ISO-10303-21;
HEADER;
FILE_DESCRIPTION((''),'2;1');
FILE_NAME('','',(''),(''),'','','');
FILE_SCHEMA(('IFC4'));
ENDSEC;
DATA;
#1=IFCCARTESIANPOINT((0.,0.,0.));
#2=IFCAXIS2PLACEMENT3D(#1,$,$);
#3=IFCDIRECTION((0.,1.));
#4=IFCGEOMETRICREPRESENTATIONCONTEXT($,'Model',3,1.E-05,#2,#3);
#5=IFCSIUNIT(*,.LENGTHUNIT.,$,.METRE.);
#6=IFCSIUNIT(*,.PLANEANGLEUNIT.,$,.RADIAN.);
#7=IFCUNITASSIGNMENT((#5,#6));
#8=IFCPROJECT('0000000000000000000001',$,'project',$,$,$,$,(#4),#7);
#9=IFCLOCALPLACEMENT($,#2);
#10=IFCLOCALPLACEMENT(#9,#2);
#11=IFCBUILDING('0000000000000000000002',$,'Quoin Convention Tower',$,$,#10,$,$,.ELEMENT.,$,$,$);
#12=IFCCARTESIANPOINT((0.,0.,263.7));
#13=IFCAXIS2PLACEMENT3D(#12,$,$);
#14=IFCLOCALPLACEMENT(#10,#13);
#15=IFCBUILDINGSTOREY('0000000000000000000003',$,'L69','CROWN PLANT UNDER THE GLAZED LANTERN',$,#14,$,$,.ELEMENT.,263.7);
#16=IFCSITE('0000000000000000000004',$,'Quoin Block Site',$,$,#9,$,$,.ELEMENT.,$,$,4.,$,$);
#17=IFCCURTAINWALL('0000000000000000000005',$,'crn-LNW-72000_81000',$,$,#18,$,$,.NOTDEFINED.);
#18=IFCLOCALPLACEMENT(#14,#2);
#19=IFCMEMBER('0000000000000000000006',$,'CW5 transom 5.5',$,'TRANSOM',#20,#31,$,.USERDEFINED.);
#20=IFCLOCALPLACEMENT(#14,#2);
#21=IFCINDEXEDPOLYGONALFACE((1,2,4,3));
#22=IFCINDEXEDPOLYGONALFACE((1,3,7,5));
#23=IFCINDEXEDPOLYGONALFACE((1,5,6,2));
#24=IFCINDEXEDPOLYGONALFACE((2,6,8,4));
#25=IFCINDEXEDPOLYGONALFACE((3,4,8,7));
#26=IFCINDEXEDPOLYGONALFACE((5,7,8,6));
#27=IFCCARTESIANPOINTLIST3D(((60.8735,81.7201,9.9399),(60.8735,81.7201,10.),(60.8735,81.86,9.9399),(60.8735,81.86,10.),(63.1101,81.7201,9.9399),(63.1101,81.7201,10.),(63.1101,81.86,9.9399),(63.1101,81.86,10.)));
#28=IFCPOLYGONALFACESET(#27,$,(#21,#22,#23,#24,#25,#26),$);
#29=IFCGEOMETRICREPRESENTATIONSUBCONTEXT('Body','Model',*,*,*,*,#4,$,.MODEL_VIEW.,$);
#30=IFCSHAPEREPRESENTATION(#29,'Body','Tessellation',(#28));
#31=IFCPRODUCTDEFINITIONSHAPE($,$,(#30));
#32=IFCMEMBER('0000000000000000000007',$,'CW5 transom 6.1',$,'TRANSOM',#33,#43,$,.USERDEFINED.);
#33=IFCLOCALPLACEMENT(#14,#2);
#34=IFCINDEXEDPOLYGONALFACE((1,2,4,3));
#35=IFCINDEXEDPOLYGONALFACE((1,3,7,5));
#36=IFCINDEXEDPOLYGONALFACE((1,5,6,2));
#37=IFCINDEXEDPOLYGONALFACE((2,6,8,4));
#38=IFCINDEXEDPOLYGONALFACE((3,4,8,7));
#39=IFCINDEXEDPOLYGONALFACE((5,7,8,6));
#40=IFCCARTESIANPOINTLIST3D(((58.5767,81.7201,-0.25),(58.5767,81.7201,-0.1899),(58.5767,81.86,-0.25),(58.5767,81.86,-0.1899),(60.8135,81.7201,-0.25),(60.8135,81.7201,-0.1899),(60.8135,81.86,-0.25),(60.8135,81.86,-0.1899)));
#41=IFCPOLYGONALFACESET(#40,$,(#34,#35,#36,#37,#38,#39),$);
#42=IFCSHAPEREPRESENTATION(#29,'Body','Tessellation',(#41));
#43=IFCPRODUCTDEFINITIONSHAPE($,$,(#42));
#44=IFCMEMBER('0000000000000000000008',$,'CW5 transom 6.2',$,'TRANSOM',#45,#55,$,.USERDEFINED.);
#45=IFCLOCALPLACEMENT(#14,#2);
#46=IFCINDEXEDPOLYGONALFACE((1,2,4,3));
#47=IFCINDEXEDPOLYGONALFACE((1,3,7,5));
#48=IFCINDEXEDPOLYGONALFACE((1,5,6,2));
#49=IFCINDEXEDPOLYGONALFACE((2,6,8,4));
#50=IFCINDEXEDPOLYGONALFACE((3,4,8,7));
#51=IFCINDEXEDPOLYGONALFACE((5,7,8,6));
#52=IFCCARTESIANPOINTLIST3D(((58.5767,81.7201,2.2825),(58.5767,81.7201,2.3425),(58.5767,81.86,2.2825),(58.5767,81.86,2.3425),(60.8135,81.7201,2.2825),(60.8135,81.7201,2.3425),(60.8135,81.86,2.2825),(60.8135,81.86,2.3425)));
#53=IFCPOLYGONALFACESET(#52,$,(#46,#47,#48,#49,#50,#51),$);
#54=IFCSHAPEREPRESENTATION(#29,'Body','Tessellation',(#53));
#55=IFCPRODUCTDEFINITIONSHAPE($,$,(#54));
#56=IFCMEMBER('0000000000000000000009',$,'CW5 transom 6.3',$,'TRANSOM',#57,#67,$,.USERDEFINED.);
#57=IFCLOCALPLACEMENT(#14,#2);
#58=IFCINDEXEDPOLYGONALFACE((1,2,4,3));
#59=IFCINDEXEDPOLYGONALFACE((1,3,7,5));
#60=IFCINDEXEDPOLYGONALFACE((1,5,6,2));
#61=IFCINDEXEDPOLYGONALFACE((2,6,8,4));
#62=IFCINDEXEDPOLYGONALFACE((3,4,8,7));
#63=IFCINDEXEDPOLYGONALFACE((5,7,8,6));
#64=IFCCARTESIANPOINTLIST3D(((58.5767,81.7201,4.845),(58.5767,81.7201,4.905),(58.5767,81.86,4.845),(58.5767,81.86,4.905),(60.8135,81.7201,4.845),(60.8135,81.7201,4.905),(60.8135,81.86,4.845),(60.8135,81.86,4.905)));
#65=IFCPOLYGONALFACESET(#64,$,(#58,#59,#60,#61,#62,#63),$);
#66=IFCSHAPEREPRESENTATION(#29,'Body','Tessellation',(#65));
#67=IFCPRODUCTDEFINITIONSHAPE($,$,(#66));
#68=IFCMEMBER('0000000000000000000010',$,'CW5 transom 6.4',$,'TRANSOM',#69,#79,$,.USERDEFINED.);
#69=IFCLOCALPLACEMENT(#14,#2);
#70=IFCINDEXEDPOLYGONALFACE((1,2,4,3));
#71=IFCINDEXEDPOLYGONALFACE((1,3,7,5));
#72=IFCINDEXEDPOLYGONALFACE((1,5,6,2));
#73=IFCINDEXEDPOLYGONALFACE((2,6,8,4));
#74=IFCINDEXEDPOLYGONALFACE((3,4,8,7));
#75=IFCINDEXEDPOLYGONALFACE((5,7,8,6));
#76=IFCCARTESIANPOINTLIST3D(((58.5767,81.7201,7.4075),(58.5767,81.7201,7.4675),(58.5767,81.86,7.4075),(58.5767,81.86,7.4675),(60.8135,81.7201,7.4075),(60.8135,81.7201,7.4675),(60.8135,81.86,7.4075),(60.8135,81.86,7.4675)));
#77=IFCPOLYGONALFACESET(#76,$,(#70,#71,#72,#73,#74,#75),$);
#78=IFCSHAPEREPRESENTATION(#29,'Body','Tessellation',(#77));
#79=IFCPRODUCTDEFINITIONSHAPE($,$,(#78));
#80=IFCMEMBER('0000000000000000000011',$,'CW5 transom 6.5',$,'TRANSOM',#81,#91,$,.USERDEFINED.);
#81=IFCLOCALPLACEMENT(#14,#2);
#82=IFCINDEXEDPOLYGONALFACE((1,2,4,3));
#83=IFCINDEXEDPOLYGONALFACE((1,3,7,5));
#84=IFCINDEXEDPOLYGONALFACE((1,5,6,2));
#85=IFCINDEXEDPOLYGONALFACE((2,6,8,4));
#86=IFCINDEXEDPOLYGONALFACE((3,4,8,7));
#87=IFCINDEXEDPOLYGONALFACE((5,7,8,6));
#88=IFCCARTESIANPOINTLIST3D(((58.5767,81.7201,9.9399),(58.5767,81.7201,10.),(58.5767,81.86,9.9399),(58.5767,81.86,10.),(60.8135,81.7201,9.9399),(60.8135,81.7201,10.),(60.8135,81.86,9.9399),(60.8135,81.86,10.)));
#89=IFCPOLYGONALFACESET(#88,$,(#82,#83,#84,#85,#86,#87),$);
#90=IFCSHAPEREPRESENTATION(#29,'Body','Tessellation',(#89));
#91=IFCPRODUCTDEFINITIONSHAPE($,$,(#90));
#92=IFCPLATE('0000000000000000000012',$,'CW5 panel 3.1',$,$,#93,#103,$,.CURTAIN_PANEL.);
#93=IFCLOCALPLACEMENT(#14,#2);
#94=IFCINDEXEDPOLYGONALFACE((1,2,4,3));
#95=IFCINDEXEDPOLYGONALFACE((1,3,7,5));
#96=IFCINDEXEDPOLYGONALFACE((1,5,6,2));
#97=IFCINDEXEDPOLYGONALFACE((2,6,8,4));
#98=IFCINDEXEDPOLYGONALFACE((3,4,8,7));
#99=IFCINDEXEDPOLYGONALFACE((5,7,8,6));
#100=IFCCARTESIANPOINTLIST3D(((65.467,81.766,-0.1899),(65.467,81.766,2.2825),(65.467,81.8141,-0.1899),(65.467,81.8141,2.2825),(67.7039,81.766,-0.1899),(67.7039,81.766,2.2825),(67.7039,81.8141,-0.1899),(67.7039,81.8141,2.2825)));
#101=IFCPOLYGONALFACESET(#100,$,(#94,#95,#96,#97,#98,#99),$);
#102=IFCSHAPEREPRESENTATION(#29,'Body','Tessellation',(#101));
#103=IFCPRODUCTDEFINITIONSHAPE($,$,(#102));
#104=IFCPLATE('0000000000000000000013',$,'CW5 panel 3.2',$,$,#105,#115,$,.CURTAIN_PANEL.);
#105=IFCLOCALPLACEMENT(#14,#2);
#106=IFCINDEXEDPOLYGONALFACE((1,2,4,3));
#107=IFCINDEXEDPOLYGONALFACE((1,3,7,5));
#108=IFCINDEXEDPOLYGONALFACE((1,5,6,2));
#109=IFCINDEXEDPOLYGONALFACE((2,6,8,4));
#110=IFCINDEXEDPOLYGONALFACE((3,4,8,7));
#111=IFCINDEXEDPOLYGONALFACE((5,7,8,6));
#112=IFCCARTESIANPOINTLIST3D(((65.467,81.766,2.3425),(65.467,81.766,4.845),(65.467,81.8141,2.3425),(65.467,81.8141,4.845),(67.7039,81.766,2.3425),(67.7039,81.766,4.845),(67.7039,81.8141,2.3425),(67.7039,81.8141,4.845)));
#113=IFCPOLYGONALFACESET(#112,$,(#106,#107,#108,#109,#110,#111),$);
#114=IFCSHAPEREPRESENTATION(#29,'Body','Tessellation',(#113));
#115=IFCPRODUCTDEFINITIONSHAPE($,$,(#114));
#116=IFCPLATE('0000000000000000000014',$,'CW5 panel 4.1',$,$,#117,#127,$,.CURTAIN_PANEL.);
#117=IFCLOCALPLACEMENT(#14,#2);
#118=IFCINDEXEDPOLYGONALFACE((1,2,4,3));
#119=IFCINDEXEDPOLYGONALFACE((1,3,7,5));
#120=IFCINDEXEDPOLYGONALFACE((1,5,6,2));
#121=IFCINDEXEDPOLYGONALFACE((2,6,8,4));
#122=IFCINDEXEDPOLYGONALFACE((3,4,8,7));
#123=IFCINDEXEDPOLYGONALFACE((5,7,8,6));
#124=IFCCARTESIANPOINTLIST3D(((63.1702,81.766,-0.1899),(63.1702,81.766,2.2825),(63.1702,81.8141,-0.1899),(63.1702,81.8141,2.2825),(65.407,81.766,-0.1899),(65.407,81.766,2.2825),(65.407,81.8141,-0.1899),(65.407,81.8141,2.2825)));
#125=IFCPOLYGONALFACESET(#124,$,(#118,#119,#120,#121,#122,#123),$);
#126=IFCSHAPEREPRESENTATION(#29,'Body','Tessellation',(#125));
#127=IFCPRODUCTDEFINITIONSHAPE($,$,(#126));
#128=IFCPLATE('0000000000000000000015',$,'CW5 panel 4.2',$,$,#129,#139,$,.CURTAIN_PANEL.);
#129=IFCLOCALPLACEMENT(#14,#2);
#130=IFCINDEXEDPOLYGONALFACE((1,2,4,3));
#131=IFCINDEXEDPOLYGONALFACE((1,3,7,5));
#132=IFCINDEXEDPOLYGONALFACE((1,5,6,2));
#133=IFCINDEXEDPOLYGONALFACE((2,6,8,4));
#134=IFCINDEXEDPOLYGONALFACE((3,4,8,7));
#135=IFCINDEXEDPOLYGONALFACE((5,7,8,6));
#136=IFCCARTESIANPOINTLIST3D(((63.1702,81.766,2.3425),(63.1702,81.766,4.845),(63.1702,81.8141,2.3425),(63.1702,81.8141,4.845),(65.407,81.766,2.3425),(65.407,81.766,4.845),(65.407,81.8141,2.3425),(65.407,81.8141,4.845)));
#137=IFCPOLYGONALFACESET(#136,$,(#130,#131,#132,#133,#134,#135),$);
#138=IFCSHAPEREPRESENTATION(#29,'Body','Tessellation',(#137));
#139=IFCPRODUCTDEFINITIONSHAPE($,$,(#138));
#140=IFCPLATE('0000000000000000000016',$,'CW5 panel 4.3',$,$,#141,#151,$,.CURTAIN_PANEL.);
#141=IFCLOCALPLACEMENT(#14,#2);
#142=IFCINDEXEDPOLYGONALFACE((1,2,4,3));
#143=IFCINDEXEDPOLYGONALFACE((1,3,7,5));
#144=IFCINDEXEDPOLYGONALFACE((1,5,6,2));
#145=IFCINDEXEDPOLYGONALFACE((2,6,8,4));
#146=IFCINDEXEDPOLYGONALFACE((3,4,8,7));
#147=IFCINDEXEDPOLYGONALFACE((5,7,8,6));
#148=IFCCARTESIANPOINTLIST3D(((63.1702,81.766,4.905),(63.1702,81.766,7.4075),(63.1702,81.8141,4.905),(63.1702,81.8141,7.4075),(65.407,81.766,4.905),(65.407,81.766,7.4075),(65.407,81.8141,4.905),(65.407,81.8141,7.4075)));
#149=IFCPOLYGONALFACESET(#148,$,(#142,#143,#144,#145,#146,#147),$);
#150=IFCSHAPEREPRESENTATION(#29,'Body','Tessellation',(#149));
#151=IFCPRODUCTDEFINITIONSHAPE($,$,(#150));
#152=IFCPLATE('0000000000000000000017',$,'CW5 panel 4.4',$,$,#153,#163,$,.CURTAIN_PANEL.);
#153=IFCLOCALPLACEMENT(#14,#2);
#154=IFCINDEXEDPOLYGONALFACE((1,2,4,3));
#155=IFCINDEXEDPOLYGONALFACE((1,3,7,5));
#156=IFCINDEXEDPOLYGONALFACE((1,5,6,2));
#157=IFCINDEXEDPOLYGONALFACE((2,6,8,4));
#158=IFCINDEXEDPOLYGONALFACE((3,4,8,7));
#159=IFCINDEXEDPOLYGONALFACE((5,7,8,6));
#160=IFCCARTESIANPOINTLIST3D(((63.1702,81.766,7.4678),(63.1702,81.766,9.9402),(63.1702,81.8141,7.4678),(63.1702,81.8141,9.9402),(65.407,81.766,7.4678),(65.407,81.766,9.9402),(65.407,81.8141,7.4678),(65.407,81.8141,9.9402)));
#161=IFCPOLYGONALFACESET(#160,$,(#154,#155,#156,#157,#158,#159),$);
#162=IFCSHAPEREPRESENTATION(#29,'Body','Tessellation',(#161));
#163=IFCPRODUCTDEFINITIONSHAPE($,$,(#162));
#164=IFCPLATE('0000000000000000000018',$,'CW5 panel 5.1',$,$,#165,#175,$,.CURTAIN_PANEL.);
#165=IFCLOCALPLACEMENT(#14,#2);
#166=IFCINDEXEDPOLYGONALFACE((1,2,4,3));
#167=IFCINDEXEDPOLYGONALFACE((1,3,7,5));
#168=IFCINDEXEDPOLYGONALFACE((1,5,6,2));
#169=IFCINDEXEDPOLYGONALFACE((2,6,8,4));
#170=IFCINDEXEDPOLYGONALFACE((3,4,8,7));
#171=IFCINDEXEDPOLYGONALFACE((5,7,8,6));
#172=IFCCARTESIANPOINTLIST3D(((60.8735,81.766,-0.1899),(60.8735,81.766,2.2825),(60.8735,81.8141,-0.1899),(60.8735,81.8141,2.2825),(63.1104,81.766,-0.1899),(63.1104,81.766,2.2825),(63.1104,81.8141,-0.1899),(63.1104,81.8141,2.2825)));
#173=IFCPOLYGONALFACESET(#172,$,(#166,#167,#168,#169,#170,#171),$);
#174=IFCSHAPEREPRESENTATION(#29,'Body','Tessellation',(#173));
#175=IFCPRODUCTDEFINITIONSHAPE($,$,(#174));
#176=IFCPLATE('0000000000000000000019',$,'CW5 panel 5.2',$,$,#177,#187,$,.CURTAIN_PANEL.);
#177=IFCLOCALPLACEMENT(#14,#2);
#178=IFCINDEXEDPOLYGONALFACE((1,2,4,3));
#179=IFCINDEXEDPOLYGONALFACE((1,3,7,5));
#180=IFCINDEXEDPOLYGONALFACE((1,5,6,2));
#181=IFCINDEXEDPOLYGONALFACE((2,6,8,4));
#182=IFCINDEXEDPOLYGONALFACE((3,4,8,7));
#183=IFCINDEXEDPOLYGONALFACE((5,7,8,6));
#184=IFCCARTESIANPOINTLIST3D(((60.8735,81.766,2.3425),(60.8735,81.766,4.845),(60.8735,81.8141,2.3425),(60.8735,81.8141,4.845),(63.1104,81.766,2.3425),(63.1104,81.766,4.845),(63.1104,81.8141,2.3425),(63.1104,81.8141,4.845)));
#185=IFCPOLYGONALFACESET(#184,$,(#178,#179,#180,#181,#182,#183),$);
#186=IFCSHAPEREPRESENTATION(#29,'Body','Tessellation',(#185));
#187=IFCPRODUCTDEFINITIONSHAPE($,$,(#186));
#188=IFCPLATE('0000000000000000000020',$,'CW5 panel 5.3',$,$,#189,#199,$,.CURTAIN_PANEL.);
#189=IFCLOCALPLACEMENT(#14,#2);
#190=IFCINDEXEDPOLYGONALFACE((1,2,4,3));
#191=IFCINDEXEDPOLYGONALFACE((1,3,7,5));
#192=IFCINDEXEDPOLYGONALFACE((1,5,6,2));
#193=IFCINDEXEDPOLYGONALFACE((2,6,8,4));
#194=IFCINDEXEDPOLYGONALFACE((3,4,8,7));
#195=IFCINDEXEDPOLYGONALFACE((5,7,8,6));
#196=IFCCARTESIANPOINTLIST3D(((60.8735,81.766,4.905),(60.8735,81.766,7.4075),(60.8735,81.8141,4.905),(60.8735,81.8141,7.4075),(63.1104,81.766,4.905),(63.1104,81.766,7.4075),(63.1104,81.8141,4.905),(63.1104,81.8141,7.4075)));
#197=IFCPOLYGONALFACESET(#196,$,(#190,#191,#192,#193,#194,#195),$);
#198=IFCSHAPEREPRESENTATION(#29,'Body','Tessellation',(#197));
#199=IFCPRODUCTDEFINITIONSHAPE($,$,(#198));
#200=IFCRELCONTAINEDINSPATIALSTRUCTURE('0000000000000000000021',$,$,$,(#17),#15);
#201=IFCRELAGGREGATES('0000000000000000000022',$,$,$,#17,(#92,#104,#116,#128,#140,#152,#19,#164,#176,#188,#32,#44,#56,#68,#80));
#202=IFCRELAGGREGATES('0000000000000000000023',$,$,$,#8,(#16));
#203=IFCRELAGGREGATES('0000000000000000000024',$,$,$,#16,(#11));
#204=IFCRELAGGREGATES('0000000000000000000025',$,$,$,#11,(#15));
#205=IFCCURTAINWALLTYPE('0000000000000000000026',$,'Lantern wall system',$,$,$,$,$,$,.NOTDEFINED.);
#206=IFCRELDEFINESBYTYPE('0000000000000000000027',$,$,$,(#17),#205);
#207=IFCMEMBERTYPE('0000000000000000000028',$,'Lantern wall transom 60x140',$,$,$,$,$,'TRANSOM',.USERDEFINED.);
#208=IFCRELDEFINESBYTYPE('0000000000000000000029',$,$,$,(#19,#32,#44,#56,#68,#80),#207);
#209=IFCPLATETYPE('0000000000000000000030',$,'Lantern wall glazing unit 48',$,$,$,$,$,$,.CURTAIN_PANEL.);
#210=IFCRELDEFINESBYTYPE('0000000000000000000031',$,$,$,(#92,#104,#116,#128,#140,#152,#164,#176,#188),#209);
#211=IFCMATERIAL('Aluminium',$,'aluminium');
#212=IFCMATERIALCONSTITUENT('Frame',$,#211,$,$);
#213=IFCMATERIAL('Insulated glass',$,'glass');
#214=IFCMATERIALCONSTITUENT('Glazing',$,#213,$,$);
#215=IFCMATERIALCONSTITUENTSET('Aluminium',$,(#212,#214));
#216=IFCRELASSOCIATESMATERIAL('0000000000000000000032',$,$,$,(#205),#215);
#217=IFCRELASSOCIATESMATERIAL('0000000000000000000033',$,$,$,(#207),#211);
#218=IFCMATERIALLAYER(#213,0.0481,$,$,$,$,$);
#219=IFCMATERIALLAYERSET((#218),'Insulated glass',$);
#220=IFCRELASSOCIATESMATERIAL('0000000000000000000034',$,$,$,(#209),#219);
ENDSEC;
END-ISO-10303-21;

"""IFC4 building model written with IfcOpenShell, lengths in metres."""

from ifc_helpers import new_model, si_unit, direction, frame, origin, origin_2d, place, context, subcontext, project, spatial, rectangle, extrude, material, layer, layer_set, constituent, constituent_set, material_profile, profile_set, type_object, element, aggregate, save


model = new_model("IFC4")

# Units and contexts
model_context = context("Model", 3, precision=1e-05, world=origin(), true_north=direction((0.0, 1.0)))
body_context = subcontext(model_context, "Body", "Model", "MODEL_VIEW")
ifc_project = project(units=[si_unit("LENGTHUNIT", "METRE"), si_unit("PLANEANGLEUNIT", "RADIAN")], contexts=[model_context])

# Site, building, storey
site_placement = place(None, origin())
site = spatial("IfcSite", under=ifc_project, at=site_placement, Name="Quoin Block Site", CompositionType="ELEMENT", RefElevation=4.0)
building_placement = place(site_placement, origin())
building = spatial("IfcBuilding", under=site, at=building_placement, Name="Quoin Convention Tower", CompositionType="ELEMENT")
storey_placement = place(building_placement, frame((0.0, 0.0, 263.7)))
storey = spatial("IfcBuildingStorey", under=building, at=storey_placement, Name="L69", Description="CROWN PLANT UNDER THE GLAZED LANTERN", CompositionType="ELEMENT", Elevation=263.7)

# Curtain wall, members, plates
ifc_material_1 = material(Name="Aluminium", Category="aluminium")
ifc_constituent_1 = constituent(ifc_material_1, Name="Frame")
ifc_material_2 = material(Name="Insulated glass", Category="glass")
ifc_constituent_2 = constituent(ifc_material_2, Name="Glazing")
ifc_constituent_set = constituent_set(constituents=[ifc_constituent_1, ifc_constituent_2], Name="Aluminium")
curtain_wall_type = type_object("IfcCurtainWallType", Name="Lantern wall system", PredefinedType="NOTDEFINED", material=ifc_constituent_set)
curtain_wall_placement = place(storey_placement, origin())
curtain_wall = element("IfcCurtainWall", 1, at=curtain_wall_placement, inside=storey, type_object=curtain_wall_type, Name="crn-LNW-72000_81000", PredefinedType="NOTDEFINED")
ifc_material_profile_1 = material_profile(ifc_material_1, rectangle(XDim=0.1399, YDim=0.0601, at=origin_2d()), Name="Lantern wall transom 60x140")
ifc_profile_set_1 = profile_set([ifc_material_profile_1], Name="Aluminium")
member_type_1 = type_object("IfcMemberType", Name="Lantern wall transom 60x140", ElementType="TRANSOM", PredefinedType="USERDEFINED", material=ifc_profile_set_1)
member_1_placement = place(storey_placement, frame((63.1101, 81.79, 9.97), z_axis=(-1.0, 0.0, 0.0), x_axis=(0.0, -1.0, 0.0)))
member_1 = element("IfcMember", 2, at=member_1_placement, type_object=member_type_1, Name="CW5 transom 5.5", ObjectType="TRANSOM", PredefinedType="USERDEFINED", context=body_context, shape_type="SweptSolid", body=[
    extrude(rectangle(XDim=0.1399, YDim=0.0601, at=origin_2d()), origin(), (0.0, 0.0, 1.0), 2.2366),
])
member_2_placement = place(storey_placement, frame((60.8135, 81.79, -0.22), z_axis=(-1.0, 0.0, 0.0), x_axis=(0.0, -1.0, 0.0)))
member_2 = element("IfcMember", 3, at=member_2_placement, type_object=member_type_1, Name="CW5 transom 6.1", ObjectType="TRANSOM", PredefinedType="USERDEFINED", context=body_context, shape_type="SweptSolid", body=[
    extrude(rectangle(XDim=0.1399, YDim=0.0601, at=origin_2d()), origin(), (0.0, 0.0, 1.0), 2.2368),
])
member_3_placement = place(storey_placement, frame((60.8135, 81.79, 2.3125), z_axis=(-1.0, 0.0, 0.0), x_axis=(0.0, -1.0, 0.0)))
member_3 = element("IfcMember", 4, at=member_3_placement, type_object=member_type_1, Name="CW5 transom 6.2", ObjectType="TRANSOM", PredefinedType="USERDEFINED", context=body_context, shape_type="SweptSolid", body=[
    extrude(rectangle(XDim=0.1399, YDim=0.0601, at=origin_2d()), origin(), (0.0, 0.0, 1.0), 2.2368),
])
member_4_placement = place(storey_placement, frame((60.8135, 81.79, 4.875), z_axis=(-1.0, 0.0, 0.0), x_axis=(0.0, -1.0, 0.0)))
member_4 = element("IfcMember", 5, at=member_4_placement, type_object=member_type_1, Name="CW5 transom 6.3", ObjectType="TRANSOM", PredefinedType="USERDEFINED", context=body_context, shape_type="SweptSolid", body=[
    extrude(rectangle(XDim=0.1399, YDim=0.0601, at=origin_2d()), origin(), (0.0, 0.0, 1.0), 2.2368),
])
member_5_placement = place(storey_placement, frame((60.8135, 81.79, 7.4375), z_axis=(-1.0, 0.0, 0.0), x_axis=(0.0, -1.0, 0.0)))
member_5 = element("IfcMember", 6, at=member_5_placement, type_object=member_type_1, Name="CW5 transom 6.4", ObjectType="TRANSOM", PredefinedType="USERDEFINED", context=body_context, shape_type="SweptSolid", body=[
    extrude(rectangle(XDim=0.1399, YDim=0.0601, at=origin_2d()), origin(), (0.0, 0.0, 1.0), 2.2368),
])
member_6_placement = place(storey_placement, frame((60.8135, 81.79, 9.97), z_axis=(-1.0, 0.0, 0.0), x_axis=(0.0, -1.0, 0.0)))
member_6 = element("IfcMember", 7, at=member_6_placement, type_object=member_type_1, Name="CW5 transom 6.5", ObjectType="TRANSOM", PredefinedType="USERDEFINED", context=body_context, shape_type="SweptSolid", body=[
    extrude(rectangle(XDim=0.1399, YDim=0.0601, at=origin_2d()), origin(), (0.0, 0.0, 1.0), 2.2368),
])
ifc_layer = layer(ifc_material_2, 0.0481)
ifc_layer_set = layer_set([ifc_layer], Name="Insulated glass")
plate_type = type_object("IfcPlateType", Name="Lantern wall glazing unit 48", PredefinedType="CURTAIN_PANEL", material=ifc_layer_set)
plate_1_placement = place(storey_placement, frame((66.5854, 81.79, -0.1899), z_axis=(0.0, 0.0, 1.0), x_axis=(-1.0, 0.0, 0.0)))
plate_1 = element("IfcPlate", 8, at=plate_1_placement, type_object=plate_type, Name="CW5 panel 3.1", PredefinedType="CURTAIN_PANEL", context=body_context, shape_type="SweptSolid", body=[
    extrude(rectangle(XDim=2.2368, YDim=0.0481, at=origin_2d()), origin(), (0.0, 0.0, 1.0), 2.4724),
])
plate_2_placement = place(storey_placement, frame((66.5854, 81.79, 2.3425), z_axis=(0.0, 0.0, 1.0), x_axis=(-1.0, 0.0, 0.0)))
plate_2 = element("IfcPlate", 9, at=plate_2_placement, type_object=plate_type, Name="CW5 panel 3.2", PredefinedType="CURTAIN_PANEL", context=body_context, shape_type="SweptSolid", body=[
    extrude(rectangle(XDim=2.2368, YDim=0.0481, at=origin_2d()), origin(), (0.0, 0.0, 1.0), 2.5024),
])
plate_3_placement = place(storey_placement, frame((64.2886, 81.79, -0.1899), z_axis=(0.0, 0.0, 1.0), x_axis=(-1.0, 0.0, 0.0)))
plate_3 = element("IfcPlate", 10, at=plate_3_placement, type_object=plate_type, Name="CW5 panel 4.1", PredefinedType="CURTAIN_PANEL", context=body_context, shape_type="SweptSolid", body=[
    extrude(rectangle(XDim=2.2368, YDim=0.0481, at=origin_2d()), origin(), (0.0, 0.0, 1.0), 2.4724),
])
plate_4_placement = place(storey_placement, frame((64.2886, 81.79, 2.3425), z_axis=(0.0, 0.0, 1.0), x_axis=(-1.0, 0.0, 0.0)))
plate_4 = element("IfcPlate", 11, at=plate_4_placement, type_object=plate_type, Name="CW5 panel 4.2", PredefinedType="CURTAIN_PANEL", context=body_context, shape_type="SweptSolid", body=[
    extrude(rectangle(XDim=2.2368, YDim=0.0481, at=origin_2d()), origin(), (0.0, 0.0, 1.0), 2.5024),
])
plate_5_placement = place(storey_placement, frame((64.2886, 81.79, 4.905), z_axis=(0.0, 0.0, 1.0), x_axis=(-1.0, 0.0, 0.0)))
plate_5 = element("IfcPlate", 12, at=plate_5_placement, type_object=plate_type, Name="CW5 panel 4.3", PredefinedType="CURTAIN_PANEL", context=body_context, shape_type="SweptSolid", body=[
    extrude(rectangle(XDim=2.2368, YDim=0.0481, at=origin_2d()), origin(), (0.0, 0.0, 1.0), 2.5024),
])
plate_6_placement = place(storey_placement, frame((64.2886, 81.79, 7.4678), z_axis=(0.0, 0.0, 1.0), x_axis=(-1.0, 0.0, 0.0)))
plate_6 = element("IfcPlate", 13, at=plate_6_placement, type_object=plate_type, Name="CW5 panel 4.4", PredefinedType="CURTAIN_PANEL", context=body_context, shape_type="SweptSolid", body=[
    extrude(rectangle(XDim=2.2368, YDim=0.0481, at=origin_2d()), origin(), (0.0, 0.0, 1.0), 2.4724),
])
plate_7_placement = place(storey_placement, frame((61.9919, 81.79, -0.1899), z_axis=(0.0, 0.0, 1.0), x_axis=(-1.0, 0.0, 0.0)))
plate_7 = element("IfcPlate", 14, at=plate_7_placement, type_object=plate_type, Name="CW5 panel 5.1", PredefinedType="CURTAIN_PANEL", context=body_context, shape_type="SweptSolid", body=[
    extrude(rectangle(XDim=2.2368, YDim=0.0481, at=origin_2d()), origin(), (0.0, 0.0, 1.0), 2.4724),
])
plate_8_placement = place(storey_placement, frame((61.9919, 81.79, 2.3425), z_axis=(0.0, 0.0, 1.0), x_axis=(-1.0, 0.0, 0.0)))
plate_8 = element("IfcPlate", 15, at=plate_8_placement, type_object=plate_type, Name="CW5 panel 5.2", PredefinedType="CURTAIN_PANEL", context=body_context, shape_type="SweptSolid", body=[
    extrude(rectangle(XDim=2.2368, YDim=0.0481, at=origin_2d()), origin(), (0.0, 0.0, 1.0), 2.5024),
])
plate_9_placement = place(storey_placement, frame((61.9919, 81.79, 4.905), z_axis=(0.0, 0.0, 1.0), x_axis=(-1.0, 0.0, 0.0)))
plate_9 = element("IfcPlate", 16, at=plate_9_placement, type_object=plate_type, Name="CW5 panel 5.3", PredefinedType="CURTAIN_PANEL", context=body_context, shape_type="SweptSolid", body=[
    extrude(rectangle(XDim=2.2368, YDim=0.0481, at=origin_2d()), origin(), (0.0, 0.0, 1.0), 2.5024),
])
aggregate(curtain_wall, [plate_1, plate_2, plate_3, plate_4, plate_5, plate_6, member_1, plate_7, plate_8, plate_9, member_2, member_3, member_4, member_5, member_6])

save(model, "model.ifc")
